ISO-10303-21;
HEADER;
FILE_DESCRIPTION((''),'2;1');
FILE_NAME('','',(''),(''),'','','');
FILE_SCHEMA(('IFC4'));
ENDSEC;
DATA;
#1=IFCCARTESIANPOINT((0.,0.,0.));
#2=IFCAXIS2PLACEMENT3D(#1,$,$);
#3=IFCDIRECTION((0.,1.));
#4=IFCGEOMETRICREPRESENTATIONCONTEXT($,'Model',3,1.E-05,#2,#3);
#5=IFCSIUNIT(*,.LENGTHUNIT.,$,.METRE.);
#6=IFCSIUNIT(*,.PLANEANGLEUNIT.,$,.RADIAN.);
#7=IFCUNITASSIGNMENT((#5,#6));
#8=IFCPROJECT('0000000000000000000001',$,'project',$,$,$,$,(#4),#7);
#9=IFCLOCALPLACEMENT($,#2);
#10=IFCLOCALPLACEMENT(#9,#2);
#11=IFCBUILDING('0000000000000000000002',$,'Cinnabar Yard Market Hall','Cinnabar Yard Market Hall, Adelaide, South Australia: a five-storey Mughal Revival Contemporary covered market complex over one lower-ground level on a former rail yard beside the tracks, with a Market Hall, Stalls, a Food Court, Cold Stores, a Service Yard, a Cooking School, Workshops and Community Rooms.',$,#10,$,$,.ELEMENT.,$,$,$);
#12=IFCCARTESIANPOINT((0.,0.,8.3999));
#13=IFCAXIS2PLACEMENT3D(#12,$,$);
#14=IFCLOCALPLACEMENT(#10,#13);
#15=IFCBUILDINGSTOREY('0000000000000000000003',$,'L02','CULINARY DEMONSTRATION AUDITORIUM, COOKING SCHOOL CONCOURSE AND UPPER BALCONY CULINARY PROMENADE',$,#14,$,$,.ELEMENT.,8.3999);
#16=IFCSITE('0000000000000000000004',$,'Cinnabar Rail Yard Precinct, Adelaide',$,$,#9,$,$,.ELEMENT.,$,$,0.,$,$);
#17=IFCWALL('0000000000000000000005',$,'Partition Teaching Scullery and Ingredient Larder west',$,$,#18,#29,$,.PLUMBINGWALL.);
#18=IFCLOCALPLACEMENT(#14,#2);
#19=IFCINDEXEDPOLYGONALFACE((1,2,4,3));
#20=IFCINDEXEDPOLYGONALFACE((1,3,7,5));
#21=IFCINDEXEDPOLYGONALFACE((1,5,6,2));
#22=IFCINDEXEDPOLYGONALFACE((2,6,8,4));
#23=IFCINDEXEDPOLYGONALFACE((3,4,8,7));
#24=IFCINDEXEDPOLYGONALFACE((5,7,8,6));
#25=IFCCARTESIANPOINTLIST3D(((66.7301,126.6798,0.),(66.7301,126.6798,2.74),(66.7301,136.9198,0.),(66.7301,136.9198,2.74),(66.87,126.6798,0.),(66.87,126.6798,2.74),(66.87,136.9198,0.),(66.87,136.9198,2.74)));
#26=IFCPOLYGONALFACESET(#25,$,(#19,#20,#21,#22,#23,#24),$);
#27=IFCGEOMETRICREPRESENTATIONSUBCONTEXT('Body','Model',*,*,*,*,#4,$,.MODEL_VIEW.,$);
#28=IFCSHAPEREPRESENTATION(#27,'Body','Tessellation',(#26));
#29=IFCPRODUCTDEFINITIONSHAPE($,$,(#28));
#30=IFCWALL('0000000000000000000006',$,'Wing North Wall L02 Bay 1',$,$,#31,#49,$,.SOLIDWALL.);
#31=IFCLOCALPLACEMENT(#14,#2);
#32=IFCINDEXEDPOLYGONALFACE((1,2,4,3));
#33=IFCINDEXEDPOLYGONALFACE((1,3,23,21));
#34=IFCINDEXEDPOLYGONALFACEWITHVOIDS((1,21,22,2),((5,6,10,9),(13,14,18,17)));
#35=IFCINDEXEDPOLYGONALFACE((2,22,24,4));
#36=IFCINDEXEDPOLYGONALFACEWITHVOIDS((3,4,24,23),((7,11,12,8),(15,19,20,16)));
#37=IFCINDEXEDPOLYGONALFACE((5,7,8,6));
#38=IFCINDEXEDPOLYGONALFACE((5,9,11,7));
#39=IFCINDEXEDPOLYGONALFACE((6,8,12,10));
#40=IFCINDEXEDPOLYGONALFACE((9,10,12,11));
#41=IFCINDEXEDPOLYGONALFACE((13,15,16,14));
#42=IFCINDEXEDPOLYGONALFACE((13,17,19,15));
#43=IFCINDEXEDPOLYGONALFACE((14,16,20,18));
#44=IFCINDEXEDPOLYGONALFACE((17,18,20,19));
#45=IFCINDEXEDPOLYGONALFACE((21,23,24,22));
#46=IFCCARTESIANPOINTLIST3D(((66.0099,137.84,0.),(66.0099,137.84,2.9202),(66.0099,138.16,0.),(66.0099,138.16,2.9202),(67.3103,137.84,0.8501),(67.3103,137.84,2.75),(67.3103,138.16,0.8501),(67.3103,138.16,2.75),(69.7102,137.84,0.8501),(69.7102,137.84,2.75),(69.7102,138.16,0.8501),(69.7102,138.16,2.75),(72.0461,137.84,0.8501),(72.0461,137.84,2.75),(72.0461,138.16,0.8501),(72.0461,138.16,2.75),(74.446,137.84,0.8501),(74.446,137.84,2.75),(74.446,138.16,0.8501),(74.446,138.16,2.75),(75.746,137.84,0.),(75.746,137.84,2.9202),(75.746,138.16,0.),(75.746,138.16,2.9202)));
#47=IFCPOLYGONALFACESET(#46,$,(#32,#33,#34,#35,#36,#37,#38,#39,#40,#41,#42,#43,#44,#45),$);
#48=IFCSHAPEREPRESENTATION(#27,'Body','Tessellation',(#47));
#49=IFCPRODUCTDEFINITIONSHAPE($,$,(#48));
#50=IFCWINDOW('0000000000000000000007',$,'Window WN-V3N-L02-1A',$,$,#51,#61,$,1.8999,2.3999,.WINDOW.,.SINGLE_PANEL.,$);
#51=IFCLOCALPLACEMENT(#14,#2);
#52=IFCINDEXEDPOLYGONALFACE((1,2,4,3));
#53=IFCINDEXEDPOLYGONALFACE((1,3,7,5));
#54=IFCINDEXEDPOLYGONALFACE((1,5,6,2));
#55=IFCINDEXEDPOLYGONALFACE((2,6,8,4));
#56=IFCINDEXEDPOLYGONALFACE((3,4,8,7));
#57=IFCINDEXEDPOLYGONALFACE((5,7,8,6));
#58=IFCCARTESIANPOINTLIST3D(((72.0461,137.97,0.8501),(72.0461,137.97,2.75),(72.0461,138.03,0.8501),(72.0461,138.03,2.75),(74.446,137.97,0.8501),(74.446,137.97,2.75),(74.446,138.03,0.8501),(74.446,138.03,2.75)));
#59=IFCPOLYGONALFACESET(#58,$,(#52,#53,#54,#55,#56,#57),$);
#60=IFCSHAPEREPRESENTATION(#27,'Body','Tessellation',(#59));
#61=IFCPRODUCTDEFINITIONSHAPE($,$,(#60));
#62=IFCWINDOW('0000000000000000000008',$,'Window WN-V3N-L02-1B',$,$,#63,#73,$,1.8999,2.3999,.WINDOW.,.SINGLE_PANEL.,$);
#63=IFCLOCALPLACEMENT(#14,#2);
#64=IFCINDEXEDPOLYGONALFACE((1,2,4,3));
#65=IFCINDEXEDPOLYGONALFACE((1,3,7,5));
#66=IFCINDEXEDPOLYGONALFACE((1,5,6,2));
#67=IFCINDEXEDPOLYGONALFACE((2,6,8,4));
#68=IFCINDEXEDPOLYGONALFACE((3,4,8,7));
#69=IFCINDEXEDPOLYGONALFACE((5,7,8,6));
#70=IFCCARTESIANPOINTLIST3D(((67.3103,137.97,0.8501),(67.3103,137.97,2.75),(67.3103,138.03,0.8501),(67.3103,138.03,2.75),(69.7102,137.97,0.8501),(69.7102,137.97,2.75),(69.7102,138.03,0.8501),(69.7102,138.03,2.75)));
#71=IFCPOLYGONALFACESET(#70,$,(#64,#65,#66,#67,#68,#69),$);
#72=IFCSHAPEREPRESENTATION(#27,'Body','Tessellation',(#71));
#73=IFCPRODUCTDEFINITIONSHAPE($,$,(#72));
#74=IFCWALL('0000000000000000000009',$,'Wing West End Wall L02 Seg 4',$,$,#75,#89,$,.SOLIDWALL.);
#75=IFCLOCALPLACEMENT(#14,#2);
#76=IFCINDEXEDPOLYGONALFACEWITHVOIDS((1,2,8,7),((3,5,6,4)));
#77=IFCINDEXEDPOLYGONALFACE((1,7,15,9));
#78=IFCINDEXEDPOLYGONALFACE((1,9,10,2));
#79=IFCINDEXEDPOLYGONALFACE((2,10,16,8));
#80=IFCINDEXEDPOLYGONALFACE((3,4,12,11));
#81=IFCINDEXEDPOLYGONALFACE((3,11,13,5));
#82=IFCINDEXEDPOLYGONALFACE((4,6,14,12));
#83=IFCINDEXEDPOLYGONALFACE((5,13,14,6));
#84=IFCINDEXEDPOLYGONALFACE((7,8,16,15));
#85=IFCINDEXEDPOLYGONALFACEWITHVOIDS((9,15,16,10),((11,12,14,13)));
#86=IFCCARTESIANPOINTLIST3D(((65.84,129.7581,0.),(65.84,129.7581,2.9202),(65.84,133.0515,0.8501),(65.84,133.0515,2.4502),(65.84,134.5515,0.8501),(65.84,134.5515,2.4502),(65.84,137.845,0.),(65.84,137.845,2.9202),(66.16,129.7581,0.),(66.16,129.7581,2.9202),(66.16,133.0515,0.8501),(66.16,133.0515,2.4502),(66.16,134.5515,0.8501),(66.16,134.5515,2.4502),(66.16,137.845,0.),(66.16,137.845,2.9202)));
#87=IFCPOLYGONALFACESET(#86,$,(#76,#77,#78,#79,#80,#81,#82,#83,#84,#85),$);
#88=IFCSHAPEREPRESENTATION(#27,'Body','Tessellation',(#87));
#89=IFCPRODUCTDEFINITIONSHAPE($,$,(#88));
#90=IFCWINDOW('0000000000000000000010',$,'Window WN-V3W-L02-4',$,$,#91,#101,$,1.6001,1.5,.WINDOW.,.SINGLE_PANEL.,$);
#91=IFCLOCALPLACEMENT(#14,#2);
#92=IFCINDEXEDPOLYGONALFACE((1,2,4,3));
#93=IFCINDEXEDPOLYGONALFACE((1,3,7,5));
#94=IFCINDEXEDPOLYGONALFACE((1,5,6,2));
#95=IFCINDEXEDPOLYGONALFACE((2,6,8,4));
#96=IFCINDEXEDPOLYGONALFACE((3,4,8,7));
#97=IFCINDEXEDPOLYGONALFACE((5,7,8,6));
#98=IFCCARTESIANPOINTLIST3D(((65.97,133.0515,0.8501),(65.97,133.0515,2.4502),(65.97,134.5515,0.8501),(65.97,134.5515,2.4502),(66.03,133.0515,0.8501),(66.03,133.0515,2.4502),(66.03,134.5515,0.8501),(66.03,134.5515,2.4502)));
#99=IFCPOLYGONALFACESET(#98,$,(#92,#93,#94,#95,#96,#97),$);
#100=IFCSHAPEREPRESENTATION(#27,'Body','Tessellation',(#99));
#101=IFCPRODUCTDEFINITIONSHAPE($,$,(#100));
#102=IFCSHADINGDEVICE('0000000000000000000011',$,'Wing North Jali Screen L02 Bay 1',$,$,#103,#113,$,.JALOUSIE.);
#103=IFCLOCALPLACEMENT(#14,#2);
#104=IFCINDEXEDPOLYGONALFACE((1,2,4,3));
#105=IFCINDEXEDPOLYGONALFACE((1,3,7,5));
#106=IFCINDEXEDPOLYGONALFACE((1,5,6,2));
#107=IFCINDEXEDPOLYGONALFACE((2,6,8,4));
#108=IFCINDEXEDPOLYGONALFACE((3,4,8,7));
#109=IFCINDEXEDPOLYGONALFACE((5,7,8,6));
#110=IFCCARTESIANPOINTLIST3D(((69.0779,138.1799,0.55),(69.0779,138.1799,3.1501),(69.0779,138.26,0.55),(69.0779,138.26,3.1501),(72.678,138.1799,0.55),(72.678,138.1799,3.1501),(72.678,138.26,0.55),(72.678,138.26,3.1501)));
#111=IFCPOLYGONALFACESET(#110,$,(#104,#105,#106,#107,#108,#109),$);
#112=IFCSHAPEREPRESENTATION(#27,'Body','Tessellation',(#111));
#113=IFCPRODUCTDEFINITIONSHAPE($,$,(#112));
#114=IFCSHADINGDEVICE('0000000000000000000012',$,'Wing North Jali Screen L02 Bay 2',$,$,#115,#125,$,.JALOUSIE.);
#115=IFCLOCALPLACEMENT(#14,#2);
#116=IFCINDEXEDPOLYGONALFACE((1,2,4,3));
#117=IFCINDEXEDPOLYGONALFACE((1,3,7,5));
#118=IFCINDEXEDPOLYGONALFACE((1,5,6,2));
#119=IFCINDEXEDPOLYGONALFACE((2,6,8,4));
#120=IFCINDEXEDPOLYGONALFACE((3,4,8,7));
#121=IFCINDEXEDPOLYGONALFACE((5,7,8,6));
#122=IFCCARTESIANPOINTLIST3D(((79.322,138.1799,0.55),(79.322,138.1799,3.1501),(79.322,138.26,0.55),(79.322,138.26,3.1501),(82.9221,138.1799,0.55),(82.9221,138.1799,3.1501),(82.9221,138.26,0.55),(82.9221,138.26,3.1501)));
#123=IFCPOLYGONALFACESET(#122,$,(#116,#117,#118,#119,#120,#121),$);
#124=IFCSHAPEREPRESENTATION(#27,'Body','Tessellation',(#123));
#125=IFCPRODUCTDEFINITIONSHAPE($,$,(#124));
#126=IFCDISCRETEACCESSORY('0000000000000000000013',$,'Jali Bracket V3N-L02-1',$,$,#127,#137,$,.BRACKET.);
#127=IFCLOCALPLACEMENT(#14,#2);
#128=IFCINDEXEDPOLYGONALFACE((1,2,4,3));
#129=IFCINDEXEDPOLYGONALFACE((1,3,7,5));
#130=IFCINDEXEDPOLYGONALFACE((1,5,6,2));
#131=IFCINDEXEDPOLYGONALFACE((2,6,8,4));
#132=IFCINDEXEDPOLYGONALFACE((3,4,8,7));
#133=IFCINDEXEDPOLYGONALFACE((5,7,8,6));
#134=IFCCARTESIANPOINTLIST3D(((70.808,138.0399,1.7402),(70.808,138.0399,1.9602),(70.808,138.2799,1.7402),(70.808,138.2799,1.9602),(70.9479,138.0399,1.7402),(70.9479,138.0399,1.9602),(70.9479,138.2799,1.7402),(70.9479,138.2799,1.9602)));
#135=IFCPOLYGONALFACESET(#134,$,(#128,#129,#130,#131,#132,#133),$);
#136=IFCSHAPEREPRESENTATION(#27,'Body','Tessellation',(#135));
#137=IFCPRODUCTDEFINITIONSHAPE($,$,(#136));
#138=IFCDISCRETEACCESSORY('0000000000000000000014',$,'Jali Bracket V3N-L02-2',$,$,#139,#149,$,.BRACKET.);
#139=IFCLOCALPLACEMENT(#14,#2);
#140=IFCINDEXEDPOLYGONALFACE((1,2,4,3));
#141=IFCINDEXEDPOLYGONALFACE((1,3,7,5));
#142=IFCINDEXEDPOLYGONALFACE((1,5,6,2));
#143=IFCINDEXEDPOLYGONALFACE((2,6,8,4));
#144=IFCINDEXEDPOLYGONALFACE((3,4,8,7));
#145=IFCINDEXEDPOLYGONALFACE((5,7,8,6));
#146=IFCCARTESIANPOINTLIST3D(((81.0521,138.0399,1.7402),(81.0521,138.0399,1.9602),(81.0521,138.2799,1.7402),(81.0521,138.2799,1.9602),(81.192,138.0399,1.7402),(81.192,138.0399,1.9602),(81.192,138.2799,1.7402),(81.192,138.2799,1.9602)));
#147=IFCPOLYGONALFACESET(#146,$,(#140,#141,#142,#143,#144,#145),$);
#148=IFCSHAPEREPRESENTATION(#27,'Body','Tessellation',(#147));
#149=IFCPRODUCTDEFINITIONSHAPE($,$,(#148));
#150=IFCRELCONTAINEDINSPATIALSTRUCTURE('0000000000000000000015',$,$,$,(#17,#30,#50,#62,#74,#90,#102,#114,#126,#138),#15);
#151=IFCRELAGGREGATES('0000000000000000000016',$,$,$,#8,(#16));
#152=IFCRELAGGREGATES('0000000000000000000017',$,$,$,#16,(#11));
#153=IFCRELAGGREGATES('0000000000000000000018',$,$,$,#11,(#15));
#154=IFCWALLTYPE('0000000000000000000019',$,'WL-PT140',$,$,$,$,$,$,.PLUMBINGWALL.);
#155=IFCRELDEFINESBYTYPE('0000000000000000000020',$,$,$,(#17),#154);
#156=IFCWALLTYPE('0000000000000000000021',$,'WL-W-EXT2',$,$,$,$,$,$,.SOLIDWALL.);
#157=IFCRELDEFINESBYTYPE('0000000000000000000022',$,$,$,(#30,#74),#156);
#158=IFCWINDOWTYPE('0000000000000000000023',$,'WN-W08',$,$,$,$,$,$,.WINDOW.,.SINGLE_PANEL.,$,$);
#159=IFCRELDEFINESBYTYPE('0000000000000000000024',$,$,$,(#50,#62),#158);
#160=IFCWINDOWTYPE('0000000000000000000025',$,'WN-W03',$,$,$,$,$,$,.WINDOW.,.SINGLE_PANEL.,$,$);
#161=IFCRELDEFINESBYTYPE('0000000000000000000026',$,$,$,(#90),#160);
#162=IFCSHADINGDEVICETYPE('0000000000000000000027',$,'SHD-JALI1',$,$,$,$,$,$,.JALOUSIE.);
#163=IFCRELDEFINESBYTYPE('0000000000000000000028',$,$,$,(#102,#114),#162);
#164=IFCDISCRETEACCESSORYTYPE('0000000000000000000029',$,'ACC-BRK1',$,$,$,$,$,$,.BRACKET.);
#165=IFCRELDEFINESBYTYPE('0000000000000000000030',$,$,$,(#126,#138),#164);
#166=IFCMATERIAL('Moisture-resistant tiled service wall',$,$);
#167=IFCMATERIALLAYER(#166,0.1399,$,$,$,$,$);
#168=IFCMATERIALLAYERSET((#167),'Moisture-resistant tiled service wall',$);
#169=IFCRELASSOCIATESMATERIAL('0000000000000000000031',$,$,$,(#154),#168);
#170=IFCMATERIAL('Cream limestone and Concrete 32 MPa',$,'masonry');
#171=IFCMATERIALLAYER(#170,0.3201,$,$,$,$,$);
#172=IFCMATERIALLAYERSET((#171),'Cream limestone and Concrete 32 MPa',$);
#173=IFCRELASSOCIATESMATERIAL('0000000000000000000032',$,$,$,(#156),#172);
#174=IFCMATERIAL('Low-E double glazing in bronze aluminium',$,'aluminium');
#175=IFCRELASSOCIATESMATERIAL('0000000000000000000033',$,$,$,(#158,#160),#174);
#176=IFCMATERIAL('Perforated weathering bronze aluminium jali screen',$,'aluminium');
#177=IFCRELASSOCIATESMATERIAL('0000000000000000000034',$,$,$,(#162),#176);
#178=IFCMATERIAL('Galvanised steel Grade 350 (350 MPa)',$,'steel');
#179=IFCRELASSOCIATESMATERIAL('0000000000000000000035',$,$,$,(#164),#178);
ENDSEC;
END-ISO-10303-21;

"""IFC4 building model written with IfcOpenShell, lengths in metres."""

from ifc_helpers import new_model, si_unit, direction, frame, frame_2d, origin, origin_2d_with_axis, place, context, subcontext, project, spatial, rectangle, extrude, material, layer, layer_set, type_object, element, fill, save


model = new_model("IFC4")

# Units and contexts
model_context = context("Model", 3, precision=1e-05, world=origin(), true_north=direction((0.0, 1.0)))
body_context = subcontext(model_context, "Body", "Model", "MODEL_VIEW")
ifc_project = project(units=[si_unit("LENGTHUNIT", "METRE"), si_unit("PLANEANGLEUNIT", "RADIAN")], contexts=[model_context])

# Site, building, storey
site_placement = place(None, origin())
site = spatial("IfcSite", under=ifc_project, at=site_placement, Name="Cinnabar Rail Yard Precinct, Adelaide", CompositionType="ELEMENT", RefElevation=0.0)
building_placement = place(site_placement, origin())
building = spatial("IfcBuilding", under=site, at=building_placement, Name="Cinnabar Yard Market Hall", Description="Cinnabar Yard Market Hall, Adelaide, South Australia: a five-storey Mughal Revival Contemporary covered market complex over one lower-ground level on a former rail yard beside the tracks, with a Market Hall, Stalls, a Food Court, Cold Stores, a Service Yard, a Cooking School, Workshops and Community Rooms.", CompositionType="ELEMENT")
storey_placement = place(building_placement, frame((0.0, 0.0, 8.3999)))
storey = spatial("IfcBuildingStorey", under=building, at=storey_placement, Name="L02", Description="CULINARY DEMONSTRATION AUDITORIUM, COOKING SCHOOL CONCOURSE AND UPPER BALCONY CULINARY PROMENADE", CompositionType="ELEMENT", Elevation=8.3999)

# Wall
ifc_material_1 = material(Name="Moisture-resistant tiled service wall")
ifc_layer_1 = layer(ifc_material_1, 0.1399)
ifc_layer_set_1 = layer_set([ifc_layer_1], Name="Moisture-resistant tiled service wall")
wall_type_1 = type_object("IfcWallType", Name="WL-PT140", PredefinedType="PLUMBINGWALL", material=ifc_layer_set_1)
wall_1_placement = place(storey_placement, frame((66.8, 136.9199, 0.0), z_axis=(0.0, 0.0, 1.0), x_axis=(0.0, -1.0, 0.0)))
element("IfcWall", 1, at=wall_1_placement, inside=storey, type_object=wall_type_1, Name="Partition Teaching Scullery and Ingredient Larder west", PredefinedType="PLUMBINGWALL", context=body_context, shape_type="SweptSolid", body=[
    extrude(rectangle(XDim=10.24, YDim=0.1399, at=frame_2d((5.1201, 0.0), x_axis=(1.0, 0.0))), origin(), (0.0, 0.0, 1.0), 2.74),
])

# Wall, openings, windows
ifc_material_2 = material(Name="Cream limestone and Concrete 32 MPa", Category="masonry")
ifc_layer_2 = layer(ifc_material_2, 0.3201)
ifc_layer_set_2 = layer_set([ifc_layer_2], Name="Cream limestone and Concrete 32 MPa")
wall_type_2 = type_object("IfcWallType", Name="WL-W-EXT2", PredefinedType="SOLIDWALL", material=ifc_layer_set_2)
wall_2_placement = place(storey_placement, frame((75.7461, 138.0, 0.0), z_axis=(0.0, 0.0, 1.0), x_axis=(-1.0, 0.0, 0.0)))
wall_2 = element("IfcWall", 2, at=wall_2_placement, inside=storey, type_object=wall_type_2, Name="Wing North Wall L02 Bay 1", PredefinedType="SOLIDWALL", context=body_context, shape_type="SweptSolid", body=[
    extrude(rectangle(XDim=9.7361, YDim=0.3201, at=frame_2d((4.8682, 0.0), x_axis=(1.0, 0.0))), origin(), (0.0, 0.0, 1.0), 2.9202),
])
opening_1_placement = place(wall_2_placement, frame((1.3, 0.0, 0.8501)))
opening_1 = element("IfcOpeningElement", 3, at=opening_1_placement, cuts=wall_2, PredefinedType="OPENING", context=body_context, shape_type="SweptSolid", body=[
    extrude(rectangle(XDim=2.3999, YDim=1.8999, at=frame_2d((1.2, 0.95), x_axis=(1.0, 0.0))), frame((0.0, 0.1699, 0.0), z_axis=(0.0, -1.0, 0.0), x_axis=(1.0, 0.0, 0.0)), (0.0, 0.0, 1.0), 0.3401),
])
opening_2_placement = place(wall_2_placement, frame((6.0359, 0.0, 0.8501)))
opening_2 = element("IfcOpeningElement", 4, at=opening_2_placement, cuts=wall_2, PredefinedType="OPENING", context=body_context, shape_type="SweptSolid", body=[
    extrude(rectangle(XDim=2.3999, YDim=1.8999, at=frame_2d((1.2, 0.95), x_axis=(1.0, 0.0))), frame((0.0, 0.1699, 0.0), z_axis=(0.0, -1.0, 0.0), x_axis=(1.0, 0.0, 0.0)), (0.0, 0.0, 1.0), 0.3401),
])
ifc_material_3 = material(Name="Low-E double glazing in bronze aluminium", Category="aluminium")
window_type_1 = type_object("IfcWindowType", Name="WN-W08", PartitioningType="SINGLE_PANEL", PredefinedType="WINDOW", material=ifc_material_3)
window_1_placement = place(opening_1_placement, origin())
window_1 = element("IfcWindow", 5, at=window_1_placement, inside=storey, type_object=window_type_1, Name="Window WN-V3N-L02-1A", OverallHeight=1.8999, OverallWidth=2.3999, PartitioningType="SINGLE_PANEL", PredefinedType="WINDOW", context=body_context, shape_type="SweptSolid", body=[
    extrude(rectangle(XDim=2.3999, YDim=1.8999, at=frame_2d((1.2, 0.95), x_axis=(1.0, 0.0))), frame((0.0, 0.03, 0.0), z_axis=(0.0, -1.0, 0.0), x_axis=(1.0, 0.0, 0.0)), (0.0, 0.0, 1.0), 0.0601),
])
fill(opening_1, window_1)
window_2_placement = place(opening_2_placement, origin())
window_2 = element("IfcWindow", 6, at=window_2_placement, inside=storey, type_object=window_type_1, Name="Window WN-V3N-L02-1B", OverallHeight=1.8999, OverallWidth=2.3999, PartitioningType="SINGLE_PANEL", PredefinedType="WINDOW", context=body_context, shape_type="SweptSolid", body=[
    extrude(rectangle(XDim=2.3999, YDim=1.8999, at=frame_2d((1.2, 0.95), x_axis=(1.0, 0.0))), frame((0.0, 0.03, 0.0), z_axis=(0.0, -1.0, 0.0), x_axis=(1.0, 0.0, 0.0)), (0.0, 0.0, 1.0), 0.0601),
])
fill(opening_2, window_2)

# Wall, opening, window
wall_3_placement = place(storey_placement, frame((66.0, 137.845, 0.0), z_axis=(0.0, 0.0, 1.0), x_axis=(0.0, -1.0, 0.0)))
wall_3 = element("IfcWall", 7, at=wall_3_placement, inside=storey, type_object=wall_type_2, Name="Wing West End Wall L02 Seg 4", PredefinedType="SOLIDWALL", context=body_context, shape_type="SweptSolid", body=[
    extrude(rectangle(XDim=8.0869, YDim=0.3201, at=frame_2d((4.0435, 0.0), x_axis=(1.0, 0.0))), origin(), (0.0, 0.0, 1.0), 2.9202),
])
opening_3_placement = place(wall_3_placement, frame((3.2935, 0.0, 0.8501)))
opening_3 = element("IfcOpeningElement", 8, at=opening_3_placement, cuts=wall_3, PredefinedType="OPENING", context=body_context, shape_type="SweptSolid", body=[
    extrude(rectangle(XDim=1.5, YDim=1.6001, at=frame_2d((0.75, 0.8), x_axis=(1.0, 0.0))), frame((0.0, 0.1699, 0.0), z_axis=(0.0, -1.0, 0.0), x_axis=(1.0, 0.0, 0.0)), (0.0, 0.0, 1.0), 0.3401),
])
window_type_2 = type_object("IfcWindowType", Name="WN-W03", PartitioningType="SINGLE_PANEL", PredefinedType="WINDOW", material=ifc_material_3)
window_3_placement = place(opening_3_placement, origin())
window_3 = element("IfcWindow", 9, at=window_3_placement, inside=storey, type_object=window_type_2, Name="Window WN-V3W-L02-4", OverallHeight=1.6001, OverallWidth=1.5, PartitioningType="SINGLE_PANEL", PredefinedType="WINDOW", context=body_context, shape_type="SweptSolid", body=[
    extrude(rectangle(XDim=1.5, YDim=1.6001, at=frame_2d((0.75, 0.8), x_axis=(1.0, 0.0))), frame((0.0, 0.03, 0.0), z_axis=(0.0, -1.0, 0.0), x_axis=(1.0, 0.0, 0.0)), (0.0, 0.0, 1.0), 0.0601),
])
fill(opening_3, window_3)

# Shading devices
ifc_material_4 = material(Name="Perforated weathering bronze aluminium jali screen", Category="aluminium")
shading_device_type = type_object("IfcShadingDeviceType", Name="SHD-JALI1", PredefinedType="JALOUSIE", material=ifc_material_4)
for number, where, z_axis, x_axis, name in (
    (10, (70.8779, 138.22, 0.55), (0.0, 0.0, 1.0), (1.0, 0.0, 0.0), "Wing North Jali Screen L02 Bay 1"),
    (11, (81.1221, 138.22, 0.55), (0.0, 0.0, 1.0), (1.0, 0.0, 0.0), "Wing North Jali Screen L02 Bay 2"),
):
    element("IfcShadingDevice", number, at=place(storey_placement, frame(where, z_axis=z_axis, x_axis=x_axis)), inside=storey, type_object=shading_device_type, Name=name, PredefinedType="JALOUSIE", context=body_context, shape_type="SweptSolid", body=[
        extrude(rectangle(XDim=3.6001, YDim=0.0801, at=origin_2d_with_axis()), origin(), (0.0, 0.0, 1.0), 2.6001),
    ])

# Discrete accessories
ifc_material_5 = material(Name="Galvanised steel Grade 350 (350 MPa)", Category="steel")
discrete_accessory_type = type_object("IfcDiscreteAccessoryType", Name="ACC-BRK1", PredefinedType="BRACKET", material=ifc_material_5)
for number, where, z_axis, x_axis, name in (
    (12, (70.8779, 138.1599, 1.7402), (0.0, 0.0, 1.0), (1.0, 0.0, 0.0), "Jali Bracket V3N-L02-1"),
    (13, (81.1221, 138.1599, 1.7402), (0.0, 0.0, 1.0), (1.0, 0.0, 0.0), "Jali Bracket V3N-L02-2"),
):
    element("IfcDiscreteAccessory", number, at=place(storey_placement, frame(where, z_axis=z_axis, x_axis=x_axis)), inside=storey, type_object=discrete_accessory_type, Name=name, PredefinedType="BRACKET", context=body_context, shape_type="SweptSolid", body=[
        extrude(rectangle(XDim=0.1399, YDim=0.24, at=origin_2d_with_axis()), origin(), (0.0, 0.0, 1.0), 0.22),
    ])

save(model, "model.ifc")
